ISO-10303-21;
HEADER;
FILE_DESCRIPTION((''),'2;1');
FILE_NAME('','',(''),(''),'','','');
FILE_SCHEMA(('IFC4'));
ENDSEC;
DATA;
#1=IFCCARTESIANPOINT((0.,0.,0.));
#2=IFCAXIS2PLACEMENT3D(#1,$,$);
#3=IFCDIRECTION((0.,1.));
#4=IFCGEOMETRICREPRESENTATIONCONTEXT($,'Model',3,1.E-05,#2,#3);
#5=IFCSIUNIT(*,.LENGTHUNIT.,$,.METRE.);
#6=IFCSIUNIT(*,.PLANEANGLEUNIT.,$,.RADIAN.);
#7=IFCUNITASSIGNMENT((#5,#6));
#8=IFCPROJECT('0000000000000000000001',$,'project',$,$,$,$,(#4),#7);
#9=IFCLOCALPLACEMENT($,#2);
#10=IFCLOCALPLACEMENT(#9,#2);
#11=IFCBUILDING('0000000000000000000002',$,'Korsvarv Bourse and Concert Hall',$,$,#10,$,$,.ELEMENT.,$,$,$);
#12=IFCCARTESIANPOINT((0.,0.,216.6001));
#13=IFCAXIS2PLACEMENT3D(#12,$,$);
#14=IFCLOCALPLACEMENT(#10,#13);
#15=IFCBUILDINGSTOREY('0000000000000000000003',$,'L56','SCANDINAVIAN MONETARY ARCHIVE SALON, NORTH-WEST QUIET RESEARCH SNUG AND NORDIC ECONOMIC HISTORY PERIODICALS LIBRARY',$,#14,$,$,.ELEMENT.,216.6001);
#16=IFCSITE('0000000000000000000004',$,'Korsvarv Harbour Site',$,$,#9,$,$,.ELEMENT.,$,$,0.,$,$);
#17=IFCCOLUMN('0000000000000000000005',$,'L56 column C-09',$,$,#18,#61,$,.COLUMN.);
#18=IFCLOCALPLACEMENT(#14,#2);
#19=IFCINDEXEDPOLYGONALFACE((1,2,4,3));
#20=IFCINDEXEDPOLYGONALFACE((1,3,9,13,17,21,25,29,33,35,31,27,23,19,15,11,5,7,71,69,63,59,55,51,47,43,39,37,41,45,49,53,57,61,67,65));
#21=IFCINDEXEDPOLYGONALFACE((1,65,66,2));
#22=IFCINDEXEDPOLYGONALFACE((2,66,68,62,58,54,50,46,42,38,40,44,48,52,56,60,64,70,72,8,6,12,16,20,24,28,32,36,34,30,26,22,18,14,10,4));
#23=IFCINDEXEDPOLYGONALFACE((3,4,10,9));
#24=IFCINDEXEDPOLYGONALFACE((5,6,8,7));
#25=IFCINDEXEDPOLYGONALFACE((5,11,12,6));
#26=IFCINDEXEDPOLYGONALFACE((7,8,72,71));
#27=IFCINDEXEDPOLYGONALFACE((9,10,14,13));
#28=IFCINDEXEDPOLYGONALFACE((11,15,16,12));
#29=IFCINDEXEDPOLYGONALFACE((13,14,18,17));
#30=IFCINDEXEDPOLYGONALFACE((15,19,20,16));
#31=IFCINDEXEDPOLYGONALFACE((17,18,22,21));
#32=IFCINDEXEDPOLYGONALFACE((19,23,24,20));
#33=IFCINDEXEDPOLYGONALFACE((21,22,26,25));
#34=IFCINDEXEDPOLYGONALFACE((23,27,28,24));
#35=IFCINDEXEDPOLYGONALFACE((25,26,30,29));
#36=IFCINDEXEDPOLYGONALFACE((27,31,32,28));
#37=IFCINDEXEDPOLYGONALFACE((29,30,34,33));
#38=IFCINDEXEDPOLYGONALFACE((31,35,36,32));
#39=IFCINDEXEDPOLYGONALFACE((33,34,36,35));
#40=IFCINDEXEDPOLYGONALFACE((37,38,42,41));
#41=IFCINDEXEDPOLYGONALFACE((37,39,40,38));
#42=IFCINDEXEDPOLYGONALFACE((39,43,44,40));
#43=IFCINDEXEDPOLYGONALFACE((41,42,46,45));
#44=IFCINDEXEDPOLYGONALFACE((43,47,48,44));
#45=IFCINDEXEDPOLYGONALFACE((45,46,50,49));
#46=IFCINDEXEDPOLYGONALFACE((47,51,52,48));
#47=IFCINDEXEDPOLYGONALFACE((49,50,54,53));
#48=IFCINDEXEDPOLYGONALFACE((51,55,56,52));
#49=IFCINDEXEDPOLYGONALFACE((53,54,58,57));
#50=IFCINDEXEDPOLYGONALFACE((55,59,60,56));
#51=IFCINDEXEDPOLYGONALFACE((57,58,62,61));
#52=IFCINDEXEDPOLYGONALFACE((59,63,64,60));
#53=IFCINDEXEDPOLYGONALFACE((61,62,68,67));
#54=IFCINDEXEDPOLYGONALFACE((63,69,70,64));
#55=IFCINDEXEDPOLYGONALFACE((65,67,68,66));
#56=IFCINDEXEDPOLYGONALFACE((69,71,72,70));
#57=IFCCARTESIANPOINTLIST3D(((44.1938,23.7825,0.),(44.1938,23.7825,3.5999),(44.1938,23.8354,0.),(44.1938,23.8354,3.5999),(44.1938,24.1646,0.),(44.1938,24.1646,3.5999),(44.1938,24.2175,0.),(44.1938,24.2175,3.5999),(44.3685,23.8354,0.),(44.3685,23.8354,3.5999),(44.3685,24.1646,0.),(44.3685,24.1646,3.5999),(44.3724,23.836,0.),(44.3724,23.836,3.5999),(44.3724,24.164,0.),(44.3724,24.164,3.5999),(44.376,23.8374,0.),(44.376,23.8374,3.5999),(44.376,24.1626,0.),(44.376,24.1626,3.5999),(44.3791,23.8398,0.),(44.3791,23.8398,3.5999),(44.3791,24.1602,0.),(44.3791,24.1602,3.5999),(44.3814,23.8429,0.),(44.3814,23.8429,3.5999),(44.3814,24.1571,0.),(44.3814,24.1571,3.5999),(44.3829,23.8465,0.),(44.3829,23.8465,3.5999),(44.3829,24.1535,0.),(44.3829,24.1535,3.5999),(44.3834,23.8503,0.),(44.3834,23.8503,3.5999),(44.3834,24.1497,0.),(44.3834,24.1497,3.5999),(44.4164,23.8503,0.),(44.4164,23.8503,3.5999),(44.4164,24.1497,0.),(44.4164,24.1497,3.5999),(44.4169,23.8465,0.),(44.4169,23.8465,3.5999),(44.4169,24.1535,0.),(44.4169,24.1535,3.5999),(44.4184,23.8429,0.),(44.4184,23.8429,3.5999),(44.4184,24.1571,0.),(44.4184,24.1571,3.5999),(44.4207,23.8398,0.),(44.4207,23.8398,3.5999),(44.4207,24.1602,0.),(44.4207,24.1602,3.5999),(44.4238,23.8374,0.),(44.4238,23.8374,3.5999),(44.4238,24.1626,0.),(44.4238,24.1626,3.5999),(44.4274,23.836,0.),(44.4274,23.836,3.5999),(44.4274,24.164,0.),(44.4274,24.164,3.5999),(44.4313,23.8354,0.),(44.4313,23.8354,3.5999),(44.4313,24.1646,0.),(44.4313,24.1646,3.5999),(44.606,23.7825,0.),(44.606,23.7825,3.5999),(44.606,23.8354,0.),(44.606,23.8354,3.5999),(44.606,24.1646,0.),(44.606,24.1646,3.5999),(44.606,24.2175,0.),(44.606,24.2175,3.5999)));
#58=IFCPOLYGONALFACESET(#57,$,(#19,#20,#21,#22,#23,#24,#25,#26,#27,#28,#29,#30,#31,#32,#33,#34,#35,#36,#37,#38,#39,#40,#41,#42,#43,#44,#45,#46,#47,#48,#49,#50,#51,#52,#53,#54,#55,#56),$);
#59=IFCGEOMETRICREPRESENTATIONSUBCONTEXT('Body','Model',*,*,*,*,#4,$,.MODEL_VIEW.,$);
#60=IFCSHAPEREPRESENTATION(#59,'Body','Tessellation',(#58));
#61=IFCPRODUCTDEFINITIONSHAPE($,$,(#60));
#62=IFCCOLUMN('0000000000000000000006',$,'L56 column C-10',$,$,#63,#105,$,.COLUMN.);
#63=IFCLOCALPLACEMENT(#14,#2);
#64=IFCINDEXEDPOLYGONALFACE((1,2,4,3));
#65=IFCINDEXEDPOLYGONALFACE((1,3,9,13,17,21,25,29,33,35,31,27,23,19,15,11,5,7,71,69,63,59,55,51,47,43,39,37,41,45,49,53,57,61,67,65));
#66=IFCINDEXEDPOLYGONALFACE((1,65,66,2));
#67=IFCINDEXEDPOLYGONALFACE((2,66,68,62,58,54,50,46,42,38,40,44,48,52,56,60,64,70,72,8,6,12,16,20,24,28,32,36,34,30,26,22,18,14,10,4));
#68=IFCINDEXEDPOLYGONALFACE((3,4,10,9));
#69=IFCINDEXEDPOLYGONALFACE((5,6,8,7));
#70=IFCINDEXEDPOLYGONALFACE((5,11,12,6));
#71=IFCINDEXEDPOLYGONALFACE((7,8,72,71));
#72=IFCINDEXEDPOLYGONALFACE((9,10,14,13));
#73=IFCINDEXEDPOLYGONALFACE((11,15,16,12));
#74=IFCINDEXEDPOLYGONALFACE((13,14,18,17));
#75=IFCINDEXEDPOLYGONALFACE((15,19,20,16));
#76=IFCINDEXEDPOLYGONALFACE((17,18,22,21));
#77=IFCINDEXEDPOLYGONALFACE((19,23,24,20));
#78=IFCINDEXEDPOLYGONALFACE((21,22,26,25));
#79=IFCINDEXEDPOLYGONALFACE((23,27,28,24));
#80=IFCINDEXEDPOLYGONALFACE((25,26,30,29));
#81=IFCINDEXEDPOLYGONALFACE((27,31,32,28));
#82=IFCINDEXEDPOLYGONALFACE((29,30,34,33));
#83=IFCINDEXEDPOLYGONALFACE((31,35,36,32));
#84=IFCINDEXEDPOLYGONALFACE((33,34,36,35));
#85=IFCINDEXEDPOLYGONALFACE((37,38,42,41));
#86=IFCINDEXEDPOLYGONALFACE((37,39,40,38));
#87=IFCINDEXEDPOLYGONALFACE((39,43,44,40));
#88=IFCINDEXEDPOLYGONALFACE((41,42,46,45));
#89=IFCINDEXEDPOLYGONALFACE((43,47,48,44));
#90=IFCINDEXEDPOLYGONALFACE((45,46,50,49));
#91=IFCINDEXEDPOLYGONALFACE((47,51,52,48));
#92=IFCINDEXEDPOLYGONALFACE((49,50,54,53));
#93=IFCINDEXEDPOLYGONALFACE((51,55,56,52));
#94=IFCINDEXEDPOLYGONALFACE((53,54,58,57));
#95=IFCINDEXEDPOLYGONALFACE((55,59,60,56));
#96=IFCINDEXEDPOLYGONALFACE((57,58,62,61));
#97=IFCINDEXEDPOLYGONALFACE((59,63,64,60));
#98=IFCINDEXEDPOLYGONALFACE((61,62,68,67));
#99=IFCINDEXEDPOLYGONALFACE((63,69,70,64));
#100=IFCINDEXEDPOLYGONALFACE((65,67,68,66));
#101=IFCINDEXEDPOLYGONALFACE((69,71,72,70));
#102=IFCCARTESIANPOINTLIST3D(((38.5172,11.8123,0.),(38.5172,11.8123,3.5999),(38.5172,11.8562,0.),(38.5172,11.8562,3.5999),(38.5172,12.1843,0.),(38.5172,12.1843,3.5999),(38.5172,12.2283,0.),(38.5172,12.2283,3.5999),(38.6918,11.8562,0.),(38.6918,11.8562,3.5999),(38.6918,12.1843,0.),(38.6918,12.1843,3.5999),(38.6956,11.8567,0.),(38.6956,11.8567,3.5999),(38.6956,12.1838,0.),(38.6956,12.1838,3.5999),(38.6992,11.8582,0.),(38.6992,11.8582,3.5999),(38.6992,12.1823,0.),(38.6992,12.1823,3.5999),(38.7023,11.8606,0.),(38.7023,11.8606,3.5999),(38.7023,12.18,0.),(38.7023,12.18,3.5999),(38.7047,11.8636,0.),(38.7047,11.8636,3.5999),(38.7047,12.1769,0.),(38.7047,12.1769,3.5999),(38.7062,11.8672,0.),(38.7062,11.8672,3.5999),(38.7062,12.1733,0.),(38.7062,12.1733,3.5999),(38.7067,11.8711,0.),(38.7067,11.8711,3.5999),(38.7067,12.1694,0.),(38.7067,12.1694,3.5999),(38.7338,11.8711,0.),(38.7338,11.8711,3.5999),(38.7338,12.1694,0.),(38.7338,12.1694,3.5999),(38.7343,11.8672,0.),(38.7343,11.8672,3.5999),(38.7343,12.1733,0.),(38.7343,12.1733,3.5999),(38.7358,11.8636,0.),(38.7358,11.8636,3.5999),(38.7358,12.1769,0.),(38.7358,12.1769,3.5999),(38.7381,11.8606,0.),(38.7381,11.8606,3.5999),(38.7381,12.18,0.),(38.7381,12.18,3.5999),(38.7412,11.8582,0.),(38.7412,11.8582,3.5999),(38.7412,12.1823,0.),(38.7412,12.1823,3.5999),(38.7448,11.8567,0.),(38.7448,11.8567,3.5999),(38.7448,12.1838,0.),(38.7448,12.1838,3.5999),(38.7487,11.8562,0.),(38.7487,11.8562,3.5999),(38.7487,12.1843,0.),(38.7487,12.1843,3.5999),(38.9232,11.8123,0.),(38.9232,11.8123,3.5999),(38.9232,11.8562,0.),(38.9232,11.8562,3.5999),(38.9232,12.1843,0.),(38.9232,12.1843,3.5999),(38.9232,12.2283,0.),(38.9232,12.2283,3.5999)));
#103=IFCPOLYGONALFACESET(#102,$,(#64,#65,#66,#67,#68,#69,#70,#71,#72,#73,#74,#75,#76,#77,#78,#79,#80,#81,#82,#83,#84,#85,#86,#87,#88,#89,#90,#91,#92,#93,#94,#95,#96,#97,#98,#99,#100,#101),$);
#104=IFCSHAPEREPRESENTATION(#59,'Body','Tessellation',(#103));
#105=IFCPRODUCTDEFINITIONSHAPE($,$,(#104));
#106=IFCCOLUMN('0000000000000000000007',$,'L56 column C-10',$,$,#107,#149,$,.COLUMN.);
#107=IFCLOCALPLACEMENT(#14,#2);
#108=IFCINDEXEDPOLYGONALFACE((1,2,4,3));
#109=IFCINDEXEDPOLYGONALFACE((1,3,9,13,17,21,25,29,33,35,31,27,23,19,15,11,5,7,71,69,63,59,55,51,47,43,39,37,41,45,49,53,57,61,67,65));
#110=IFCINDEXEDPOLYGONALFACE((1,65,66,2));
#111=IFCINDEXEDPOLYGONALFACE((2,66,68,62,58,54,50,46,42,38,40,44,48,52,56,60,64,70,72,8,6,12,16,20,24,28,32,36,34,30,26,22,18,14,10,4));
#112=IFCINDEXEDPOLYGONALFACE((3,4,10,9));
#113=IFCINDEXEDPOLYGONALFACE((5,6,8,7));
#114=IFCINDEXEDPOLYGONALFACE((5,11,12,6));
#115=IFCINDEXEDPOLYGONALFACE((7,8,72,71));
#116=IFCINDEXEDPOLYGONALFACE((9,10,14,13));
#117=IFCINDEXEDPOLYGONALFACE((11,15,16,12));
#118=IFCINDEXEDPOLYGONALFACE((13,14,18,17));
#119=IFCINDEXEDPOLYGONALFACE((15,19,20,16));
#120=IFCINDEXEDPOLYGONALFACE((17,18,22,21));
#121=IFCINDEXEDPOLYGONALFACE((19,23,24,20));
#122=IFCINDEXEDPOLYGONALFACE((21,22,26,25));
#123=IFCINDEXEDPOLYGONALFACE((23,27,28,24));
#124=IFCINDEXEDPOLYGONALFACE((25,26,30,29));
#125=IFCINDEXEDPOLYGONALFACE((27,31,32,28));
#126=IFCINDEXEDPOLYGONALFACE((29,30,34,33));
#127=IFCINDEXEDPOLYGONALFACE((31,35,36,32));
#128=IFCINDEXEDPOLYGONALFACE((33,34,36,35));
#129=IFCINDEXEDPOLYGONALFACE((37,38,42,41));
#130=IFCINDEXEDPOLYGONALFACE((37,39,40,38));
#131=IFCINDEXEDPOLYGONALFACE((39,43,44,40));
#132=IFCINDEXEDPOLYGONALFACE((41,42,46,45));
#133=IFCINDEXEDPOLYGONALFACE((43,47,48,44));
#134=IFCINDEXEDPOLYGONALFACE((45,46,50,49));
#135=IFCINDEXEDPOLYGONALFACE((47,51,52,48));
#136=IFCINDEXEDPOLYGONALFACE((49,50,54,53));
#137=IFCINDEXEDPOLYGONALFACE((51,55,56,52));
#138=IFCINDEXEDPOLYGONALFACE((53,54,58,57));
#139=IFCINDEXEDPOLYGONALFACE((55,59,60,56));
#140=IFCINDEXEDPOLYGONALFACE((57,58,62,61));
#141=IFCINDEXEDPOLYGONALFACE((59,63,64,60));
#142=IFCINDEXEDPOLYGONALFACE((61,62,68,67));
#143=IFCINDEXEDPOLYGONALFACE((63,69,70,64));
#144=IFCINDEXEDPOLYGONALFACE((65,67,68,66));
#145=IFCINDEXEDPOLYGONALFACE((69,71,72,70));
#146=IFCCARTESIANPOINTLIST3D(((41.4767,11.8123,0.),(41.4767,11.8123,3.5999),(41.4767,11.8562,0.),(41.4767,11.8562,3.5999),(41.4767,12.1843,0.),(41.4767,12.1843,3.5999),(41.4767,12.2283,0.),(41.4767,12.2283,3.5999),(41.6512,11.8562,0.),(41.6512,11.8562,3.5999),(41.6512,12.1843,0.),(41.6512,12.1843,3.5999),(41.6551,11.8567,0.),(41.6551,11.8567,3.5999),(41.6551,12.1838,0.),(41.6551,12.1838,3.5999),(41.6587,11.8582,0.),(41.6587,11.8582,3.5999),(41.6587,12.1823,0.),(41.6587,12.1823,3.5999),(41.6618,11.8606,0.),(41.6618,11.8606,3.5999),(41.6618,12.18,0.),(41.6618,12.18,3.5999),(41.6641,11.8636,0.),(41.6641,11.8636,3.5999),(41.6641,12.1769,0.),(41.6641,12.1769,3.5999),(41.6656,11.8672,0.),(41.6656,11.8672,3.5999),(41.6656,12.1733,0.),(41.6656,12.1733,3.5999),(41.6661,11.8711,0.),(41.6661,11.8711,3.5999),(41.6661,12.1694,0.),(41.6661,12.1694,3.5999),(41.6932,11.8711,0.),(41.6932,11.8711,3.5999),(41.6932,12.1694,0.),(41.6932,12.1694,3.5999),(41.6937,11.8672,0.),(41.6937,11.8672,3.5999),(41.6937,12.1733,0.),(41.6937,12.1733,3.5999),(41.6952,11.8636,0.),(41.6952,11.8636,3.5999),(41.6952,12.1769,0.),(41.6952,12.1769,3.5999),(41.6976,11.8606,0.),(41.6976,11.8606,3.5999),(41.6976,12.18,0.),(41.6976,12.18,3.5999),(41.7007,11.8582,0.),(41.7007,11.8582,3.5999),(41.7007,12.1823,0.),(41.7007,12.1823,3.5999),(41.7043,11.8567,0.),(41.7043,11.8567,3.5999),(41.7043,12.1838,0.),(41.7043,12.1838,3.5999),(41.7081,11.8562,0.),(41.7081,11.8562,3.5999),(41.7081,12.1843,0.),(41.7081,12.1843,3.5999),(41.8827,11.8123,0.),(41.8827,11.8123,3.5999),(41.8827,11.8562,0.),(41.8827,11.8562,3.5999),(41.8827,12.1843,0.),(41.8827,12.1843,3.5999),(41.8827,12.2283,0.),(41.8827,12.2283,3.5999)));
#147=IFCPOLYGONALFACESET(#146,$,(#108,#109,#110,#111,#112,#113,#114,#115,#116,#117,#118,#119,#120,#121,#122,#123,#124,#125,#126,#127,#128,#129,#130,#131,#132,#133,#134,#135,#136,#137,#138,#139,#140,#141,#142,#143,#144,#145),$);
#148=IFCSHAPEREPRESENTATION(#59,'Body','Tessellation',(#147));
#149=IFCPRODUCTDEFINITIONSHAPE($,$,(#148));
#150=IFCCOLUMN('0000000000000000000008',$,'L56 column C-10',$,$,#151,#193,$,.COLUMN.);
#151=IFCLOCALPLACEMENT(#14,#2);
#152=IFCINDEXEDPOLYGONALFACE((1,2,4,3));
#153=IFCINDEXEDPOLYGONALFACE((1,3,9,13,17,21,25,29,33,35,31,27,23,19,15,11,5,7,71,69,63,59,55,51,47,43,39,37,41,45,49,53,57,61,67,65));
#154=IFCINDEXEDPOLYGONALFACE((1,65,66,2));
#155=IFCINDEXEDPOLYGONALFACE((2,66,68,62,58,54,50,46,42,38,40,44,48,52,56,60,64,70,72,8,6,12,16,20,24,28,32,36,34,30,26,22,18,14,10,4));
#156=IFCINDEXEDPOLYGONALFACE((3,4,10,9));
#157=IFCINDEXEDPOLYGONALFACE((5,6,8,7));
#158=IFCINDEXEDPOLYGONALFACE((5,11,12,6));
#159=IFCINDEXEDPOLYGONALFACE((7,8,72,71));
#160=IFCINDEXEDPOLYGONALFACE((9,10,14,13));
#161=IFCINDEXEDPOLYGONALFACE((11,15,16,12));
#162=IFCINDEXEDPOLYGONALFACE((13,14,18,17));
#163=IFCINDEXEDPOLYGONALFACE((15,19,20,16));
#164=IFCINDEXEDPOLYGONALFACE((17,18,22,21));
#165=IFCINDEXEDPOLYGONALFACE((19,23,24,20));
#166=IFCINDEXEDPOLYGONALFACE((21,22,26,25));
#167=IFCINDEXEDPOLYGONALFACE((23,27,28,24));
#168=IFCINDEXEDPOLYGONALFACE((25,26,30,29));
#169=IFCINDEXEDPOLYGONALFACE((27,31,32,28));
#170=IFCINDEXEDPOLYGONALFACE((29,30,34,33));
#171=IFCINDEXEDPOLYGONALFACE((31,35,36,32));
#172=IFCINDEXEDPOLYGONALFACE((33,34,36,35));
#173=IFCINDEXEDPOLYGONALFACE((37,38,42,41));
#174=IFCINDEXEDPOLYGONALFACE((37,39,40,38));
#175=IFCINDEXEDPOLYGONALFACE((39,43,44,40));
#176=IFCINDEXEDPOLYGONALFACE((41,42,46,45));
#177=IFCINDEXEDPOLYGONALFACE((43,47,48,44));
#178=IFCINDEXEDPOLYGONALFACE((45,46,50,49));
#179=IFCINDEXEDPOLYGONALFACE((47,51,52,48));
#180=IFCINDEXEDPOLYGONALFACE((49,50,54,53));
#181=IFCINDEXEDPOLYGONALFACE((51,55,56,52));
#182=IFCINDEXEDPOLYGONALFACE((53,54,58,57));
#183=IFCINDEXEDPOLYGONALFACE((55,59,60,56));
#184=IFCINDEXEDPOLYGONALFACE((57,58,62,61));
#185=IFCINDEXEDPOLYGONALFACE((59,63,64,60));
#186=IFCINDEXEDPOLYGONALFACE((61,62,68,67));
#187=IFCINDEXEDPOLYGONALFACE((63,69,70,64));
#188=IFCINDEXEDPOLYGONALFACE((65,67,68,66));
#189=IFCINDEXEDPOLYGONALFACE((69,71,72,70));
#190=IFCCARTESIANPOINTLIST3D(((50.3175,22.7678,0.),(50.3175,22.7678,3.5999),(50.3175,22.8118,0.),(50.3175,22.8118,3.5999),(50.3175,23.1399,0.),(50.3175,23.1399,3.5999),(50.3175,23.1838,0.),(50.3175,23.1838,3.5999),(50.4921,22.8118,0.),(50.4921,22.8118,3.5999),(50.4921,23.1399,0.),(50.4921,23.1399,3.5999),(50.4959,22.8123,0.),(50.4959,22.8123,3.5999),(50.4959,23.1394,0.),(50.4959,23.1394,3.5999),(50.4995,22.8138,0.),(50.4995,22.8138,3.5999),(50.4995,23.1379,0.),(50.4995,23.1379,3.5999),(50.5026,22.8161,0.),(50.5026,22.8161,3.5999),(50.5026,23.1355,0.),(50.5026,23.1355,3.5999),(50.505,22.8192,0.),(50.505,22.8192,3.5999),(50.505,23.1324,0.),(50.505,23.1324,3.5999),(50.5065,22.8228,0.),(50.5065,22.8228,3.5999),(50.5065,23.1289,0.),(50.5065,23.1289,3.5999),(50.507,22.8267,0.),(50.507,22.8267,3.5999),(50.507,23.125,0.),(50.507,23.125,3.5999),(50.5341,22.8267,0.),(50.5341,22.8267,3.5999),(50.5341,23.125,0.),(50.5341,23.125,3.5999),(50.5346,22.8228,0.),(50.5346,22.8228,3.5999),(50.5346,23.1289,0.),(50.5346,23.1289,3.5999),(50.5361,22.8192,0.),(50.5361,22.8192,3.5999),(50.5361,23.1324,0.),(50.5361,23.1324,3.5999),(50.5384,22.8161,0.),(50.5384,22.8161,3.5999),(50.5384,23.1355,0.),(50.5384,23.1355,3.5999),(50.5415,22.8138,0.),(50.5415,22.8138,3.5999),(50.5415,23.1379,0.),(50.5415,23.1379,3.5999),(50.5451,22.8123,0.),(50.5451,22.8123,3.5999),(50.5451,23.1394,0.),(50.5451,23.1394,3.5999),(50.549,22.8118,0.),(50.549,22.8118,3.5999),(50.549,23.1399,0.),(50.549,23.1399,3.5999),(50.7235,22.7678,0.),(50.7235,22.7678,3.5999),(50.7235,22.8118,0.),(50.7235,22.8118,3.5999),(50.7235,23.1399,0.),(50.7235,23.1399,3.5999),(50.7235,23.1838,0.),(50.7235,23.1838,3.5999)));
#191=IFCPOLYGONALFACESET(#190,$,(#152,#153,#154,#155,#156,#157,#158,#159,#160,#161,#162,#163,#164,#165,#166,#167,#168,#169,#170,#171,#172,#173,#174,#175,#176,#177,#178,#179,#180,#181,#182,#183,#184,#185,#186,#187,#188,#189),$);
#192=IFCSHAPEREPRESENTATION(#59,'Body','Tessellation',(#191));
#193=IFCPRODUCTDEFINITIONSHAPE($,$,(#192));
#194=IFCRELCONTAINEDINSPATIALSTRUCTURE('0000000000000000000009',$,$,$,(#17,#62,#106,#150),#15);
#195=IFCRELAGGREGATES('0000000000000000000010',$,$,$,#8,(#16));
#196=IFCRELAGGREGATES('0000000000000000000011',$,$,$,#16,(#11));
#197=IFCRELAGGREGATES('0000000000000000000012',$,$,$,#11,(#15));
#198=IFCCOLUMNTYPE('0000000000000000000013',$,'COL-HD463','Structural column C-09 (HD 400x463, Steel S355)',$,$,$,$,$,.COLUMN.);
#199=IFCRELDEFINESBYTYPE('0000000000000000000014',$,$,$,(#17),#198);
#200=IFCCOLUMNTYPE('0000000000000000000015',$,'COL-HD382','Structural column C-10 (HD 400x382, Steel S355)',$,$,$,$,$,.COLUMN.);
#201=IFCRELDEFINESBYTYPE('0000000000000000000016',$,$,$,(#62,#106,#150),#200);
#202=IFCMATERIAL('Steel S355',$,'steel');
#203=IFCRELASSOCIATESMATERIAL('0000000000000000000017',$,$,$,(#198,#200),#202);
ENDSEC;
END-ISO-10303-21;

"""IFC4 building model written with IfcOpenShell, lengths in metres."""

from ifc_helpers import new_model, si_unit, direction, frame, origin, origin_2d, place, context, subcontext, project, spatial, i_section, extrude, source, transform, mapped, material, material_profile, profile_set, type_object, element, save


model = new_model("IFC4")

# Units and contexts
model_context = context("Model", 3, precision=1e-05, world=origin(), true_north=direction((0.0, 1.0)))
body_context = subcontext(model_context, "Body", "Model", "MODEL_VIEW")
ifc_project = project(units=[si_unit("LENGTHUNIT", "METRE"), si_unit("PLANEANGLEUNIT", "RADIAN")], contexts=[model_context])

# Site, building, storey
site_placement = place(None, origin())
site = spatial("IfcSite", under=ifc_project, at=site_placement, Name="Korsvarv Harbour Site", CompositionType="ELEMENT", RefElevation=0.0)
building_placement = place(site_placement, origin())
building = spatial("IfcBuilding", under=site, at=building_placement, Name="Korsvarv Bourse and Concert Hall", CompositionType="ELEMENT")
storey_placement = place(building_placement, frame((0.0, 0.0, 216.6001)))
storey = spatial("IfcBuildingStorey", under=building, at=storey_placement, Name="L56", Description="SCANDINAVIAN MONETARY ARCHIVE SALON, NORTH-WEST QUIET RESEARCH SNUG AND NORDIC ECONOMIC HISTORY PERIODICALS LIBRARY", CompositionType="ELEMENT", Elevation=216.6001)

# Columns
ifc_material_1 = material(Name="Steel S355", Category="steel")
ifc_material_profile_1 = material_profile(ifc_material_1, i_section(OverallWidth=0.4121, OverallDepth=0.4351, WebThickness=0.033, FlangeThickness=0.053, FilletRadius=0.0149, at=origin_2d()), Name="HD 400x463")
ifc_profile_set_1 = profile_set([ifc_material_profile_1], Name="Steel S355")
column_type_1 = type_object("IfcColumnType", Name="COL-HD463", Description="Structural column C-09 (HD 400x463, Steel S355)", PredefinedType="COLUMN", material=ifc_profile_set_1)
shared_shape_1 = source(origin(), body_context, "Body", "SweptSolid", [
    extrude(i_section(OverallWidth=0.4121, OverallDepth=0.4351, WebThickness=0.033, FlangeThickness=0.053, FilletRadius=0.0149, at=origin_2d()), origin(), (0.0, 0.0, 1.0), 3.5999),
])
column_placement = place(storey_placement, frame((44.3999, 24.0, 0.0), z_axis=(0.0, 0.0, 1.0), x_axis=(1.0, 0.0, 0.0)))
element("IfcColumn", 1, at=column_placement, inside=storey, type_object=column_type_1, Name="L56 column C-09", PredefinedType="COLUMN", context=body_context, shape_type="MappedRepresentation", body=[
    mapped(shared_shape_1, transform((0.0, 0.0, 0.0), scale=1.0)),
])
ifc_material_profile_2 = material_profile(ifc_material_1, i_section(OverallWidth=0.406, OverallDepth=0.416, WebThickness=0.0271, FlangeThickness=0.0439, FilletRadius=0.0149, at=origin_2d()), Name="HD 400x382")
ifc_profile_set_2 = profile_set([ifc_material_profile_2], Name="Steel S355")
column_type_2 = type_object("IfcColumnType", Name="COL-HD382", Description="Structural column C-10 (HD 400x382, Steel S355)", PredefinedType="COLUMN", material=ifc_profile_set_2)
shared_shape_2 = source(origin(), body_context, "Body", "SweptSolid", [
    extrude(i_section(OverallWidth=0.406, OverallDepth=0.416, WebThickness=0.0271, FlangeThickness=0.0439, FilletRadius=0.0149, at=origin_2d()), origin(), (0.0, 0.0, 1.0), 3.5999),
])
for number, where, z_axis, x_axis, name in (
    (2, (38.7202, 12.0203, 0.0), (0.0, 0.0, 1.0), (1.0, 0.0, 0.0), "L56 column C-10"),
    (3, (41.6797, 12.0203, 0.0), (0.0, 0.0, 1.0), (1.0, 0.0, 0.0), "L56 column C-10"),
    (4, (50.5205, 22.9758, 0.0), (0.0, 0.0, 1.0), (1.0, 0.0, 0.0), "L56 column C-10"),
):
    element("IfcColumn", number, at=place(storey_placement, frame(where, z_axis=z_axis, x_axis=x_axis)), inside=storey, type_object=column_type_2, Name=name, PredefinedType="COLUMN", context=body_context, shape_type="MappedRepresentation", body=[
        mapped(shared_shape_2, transform((0.0, 0.0, 0.0), scale=1.0)),
    ])

save(model, "model.ifc")
